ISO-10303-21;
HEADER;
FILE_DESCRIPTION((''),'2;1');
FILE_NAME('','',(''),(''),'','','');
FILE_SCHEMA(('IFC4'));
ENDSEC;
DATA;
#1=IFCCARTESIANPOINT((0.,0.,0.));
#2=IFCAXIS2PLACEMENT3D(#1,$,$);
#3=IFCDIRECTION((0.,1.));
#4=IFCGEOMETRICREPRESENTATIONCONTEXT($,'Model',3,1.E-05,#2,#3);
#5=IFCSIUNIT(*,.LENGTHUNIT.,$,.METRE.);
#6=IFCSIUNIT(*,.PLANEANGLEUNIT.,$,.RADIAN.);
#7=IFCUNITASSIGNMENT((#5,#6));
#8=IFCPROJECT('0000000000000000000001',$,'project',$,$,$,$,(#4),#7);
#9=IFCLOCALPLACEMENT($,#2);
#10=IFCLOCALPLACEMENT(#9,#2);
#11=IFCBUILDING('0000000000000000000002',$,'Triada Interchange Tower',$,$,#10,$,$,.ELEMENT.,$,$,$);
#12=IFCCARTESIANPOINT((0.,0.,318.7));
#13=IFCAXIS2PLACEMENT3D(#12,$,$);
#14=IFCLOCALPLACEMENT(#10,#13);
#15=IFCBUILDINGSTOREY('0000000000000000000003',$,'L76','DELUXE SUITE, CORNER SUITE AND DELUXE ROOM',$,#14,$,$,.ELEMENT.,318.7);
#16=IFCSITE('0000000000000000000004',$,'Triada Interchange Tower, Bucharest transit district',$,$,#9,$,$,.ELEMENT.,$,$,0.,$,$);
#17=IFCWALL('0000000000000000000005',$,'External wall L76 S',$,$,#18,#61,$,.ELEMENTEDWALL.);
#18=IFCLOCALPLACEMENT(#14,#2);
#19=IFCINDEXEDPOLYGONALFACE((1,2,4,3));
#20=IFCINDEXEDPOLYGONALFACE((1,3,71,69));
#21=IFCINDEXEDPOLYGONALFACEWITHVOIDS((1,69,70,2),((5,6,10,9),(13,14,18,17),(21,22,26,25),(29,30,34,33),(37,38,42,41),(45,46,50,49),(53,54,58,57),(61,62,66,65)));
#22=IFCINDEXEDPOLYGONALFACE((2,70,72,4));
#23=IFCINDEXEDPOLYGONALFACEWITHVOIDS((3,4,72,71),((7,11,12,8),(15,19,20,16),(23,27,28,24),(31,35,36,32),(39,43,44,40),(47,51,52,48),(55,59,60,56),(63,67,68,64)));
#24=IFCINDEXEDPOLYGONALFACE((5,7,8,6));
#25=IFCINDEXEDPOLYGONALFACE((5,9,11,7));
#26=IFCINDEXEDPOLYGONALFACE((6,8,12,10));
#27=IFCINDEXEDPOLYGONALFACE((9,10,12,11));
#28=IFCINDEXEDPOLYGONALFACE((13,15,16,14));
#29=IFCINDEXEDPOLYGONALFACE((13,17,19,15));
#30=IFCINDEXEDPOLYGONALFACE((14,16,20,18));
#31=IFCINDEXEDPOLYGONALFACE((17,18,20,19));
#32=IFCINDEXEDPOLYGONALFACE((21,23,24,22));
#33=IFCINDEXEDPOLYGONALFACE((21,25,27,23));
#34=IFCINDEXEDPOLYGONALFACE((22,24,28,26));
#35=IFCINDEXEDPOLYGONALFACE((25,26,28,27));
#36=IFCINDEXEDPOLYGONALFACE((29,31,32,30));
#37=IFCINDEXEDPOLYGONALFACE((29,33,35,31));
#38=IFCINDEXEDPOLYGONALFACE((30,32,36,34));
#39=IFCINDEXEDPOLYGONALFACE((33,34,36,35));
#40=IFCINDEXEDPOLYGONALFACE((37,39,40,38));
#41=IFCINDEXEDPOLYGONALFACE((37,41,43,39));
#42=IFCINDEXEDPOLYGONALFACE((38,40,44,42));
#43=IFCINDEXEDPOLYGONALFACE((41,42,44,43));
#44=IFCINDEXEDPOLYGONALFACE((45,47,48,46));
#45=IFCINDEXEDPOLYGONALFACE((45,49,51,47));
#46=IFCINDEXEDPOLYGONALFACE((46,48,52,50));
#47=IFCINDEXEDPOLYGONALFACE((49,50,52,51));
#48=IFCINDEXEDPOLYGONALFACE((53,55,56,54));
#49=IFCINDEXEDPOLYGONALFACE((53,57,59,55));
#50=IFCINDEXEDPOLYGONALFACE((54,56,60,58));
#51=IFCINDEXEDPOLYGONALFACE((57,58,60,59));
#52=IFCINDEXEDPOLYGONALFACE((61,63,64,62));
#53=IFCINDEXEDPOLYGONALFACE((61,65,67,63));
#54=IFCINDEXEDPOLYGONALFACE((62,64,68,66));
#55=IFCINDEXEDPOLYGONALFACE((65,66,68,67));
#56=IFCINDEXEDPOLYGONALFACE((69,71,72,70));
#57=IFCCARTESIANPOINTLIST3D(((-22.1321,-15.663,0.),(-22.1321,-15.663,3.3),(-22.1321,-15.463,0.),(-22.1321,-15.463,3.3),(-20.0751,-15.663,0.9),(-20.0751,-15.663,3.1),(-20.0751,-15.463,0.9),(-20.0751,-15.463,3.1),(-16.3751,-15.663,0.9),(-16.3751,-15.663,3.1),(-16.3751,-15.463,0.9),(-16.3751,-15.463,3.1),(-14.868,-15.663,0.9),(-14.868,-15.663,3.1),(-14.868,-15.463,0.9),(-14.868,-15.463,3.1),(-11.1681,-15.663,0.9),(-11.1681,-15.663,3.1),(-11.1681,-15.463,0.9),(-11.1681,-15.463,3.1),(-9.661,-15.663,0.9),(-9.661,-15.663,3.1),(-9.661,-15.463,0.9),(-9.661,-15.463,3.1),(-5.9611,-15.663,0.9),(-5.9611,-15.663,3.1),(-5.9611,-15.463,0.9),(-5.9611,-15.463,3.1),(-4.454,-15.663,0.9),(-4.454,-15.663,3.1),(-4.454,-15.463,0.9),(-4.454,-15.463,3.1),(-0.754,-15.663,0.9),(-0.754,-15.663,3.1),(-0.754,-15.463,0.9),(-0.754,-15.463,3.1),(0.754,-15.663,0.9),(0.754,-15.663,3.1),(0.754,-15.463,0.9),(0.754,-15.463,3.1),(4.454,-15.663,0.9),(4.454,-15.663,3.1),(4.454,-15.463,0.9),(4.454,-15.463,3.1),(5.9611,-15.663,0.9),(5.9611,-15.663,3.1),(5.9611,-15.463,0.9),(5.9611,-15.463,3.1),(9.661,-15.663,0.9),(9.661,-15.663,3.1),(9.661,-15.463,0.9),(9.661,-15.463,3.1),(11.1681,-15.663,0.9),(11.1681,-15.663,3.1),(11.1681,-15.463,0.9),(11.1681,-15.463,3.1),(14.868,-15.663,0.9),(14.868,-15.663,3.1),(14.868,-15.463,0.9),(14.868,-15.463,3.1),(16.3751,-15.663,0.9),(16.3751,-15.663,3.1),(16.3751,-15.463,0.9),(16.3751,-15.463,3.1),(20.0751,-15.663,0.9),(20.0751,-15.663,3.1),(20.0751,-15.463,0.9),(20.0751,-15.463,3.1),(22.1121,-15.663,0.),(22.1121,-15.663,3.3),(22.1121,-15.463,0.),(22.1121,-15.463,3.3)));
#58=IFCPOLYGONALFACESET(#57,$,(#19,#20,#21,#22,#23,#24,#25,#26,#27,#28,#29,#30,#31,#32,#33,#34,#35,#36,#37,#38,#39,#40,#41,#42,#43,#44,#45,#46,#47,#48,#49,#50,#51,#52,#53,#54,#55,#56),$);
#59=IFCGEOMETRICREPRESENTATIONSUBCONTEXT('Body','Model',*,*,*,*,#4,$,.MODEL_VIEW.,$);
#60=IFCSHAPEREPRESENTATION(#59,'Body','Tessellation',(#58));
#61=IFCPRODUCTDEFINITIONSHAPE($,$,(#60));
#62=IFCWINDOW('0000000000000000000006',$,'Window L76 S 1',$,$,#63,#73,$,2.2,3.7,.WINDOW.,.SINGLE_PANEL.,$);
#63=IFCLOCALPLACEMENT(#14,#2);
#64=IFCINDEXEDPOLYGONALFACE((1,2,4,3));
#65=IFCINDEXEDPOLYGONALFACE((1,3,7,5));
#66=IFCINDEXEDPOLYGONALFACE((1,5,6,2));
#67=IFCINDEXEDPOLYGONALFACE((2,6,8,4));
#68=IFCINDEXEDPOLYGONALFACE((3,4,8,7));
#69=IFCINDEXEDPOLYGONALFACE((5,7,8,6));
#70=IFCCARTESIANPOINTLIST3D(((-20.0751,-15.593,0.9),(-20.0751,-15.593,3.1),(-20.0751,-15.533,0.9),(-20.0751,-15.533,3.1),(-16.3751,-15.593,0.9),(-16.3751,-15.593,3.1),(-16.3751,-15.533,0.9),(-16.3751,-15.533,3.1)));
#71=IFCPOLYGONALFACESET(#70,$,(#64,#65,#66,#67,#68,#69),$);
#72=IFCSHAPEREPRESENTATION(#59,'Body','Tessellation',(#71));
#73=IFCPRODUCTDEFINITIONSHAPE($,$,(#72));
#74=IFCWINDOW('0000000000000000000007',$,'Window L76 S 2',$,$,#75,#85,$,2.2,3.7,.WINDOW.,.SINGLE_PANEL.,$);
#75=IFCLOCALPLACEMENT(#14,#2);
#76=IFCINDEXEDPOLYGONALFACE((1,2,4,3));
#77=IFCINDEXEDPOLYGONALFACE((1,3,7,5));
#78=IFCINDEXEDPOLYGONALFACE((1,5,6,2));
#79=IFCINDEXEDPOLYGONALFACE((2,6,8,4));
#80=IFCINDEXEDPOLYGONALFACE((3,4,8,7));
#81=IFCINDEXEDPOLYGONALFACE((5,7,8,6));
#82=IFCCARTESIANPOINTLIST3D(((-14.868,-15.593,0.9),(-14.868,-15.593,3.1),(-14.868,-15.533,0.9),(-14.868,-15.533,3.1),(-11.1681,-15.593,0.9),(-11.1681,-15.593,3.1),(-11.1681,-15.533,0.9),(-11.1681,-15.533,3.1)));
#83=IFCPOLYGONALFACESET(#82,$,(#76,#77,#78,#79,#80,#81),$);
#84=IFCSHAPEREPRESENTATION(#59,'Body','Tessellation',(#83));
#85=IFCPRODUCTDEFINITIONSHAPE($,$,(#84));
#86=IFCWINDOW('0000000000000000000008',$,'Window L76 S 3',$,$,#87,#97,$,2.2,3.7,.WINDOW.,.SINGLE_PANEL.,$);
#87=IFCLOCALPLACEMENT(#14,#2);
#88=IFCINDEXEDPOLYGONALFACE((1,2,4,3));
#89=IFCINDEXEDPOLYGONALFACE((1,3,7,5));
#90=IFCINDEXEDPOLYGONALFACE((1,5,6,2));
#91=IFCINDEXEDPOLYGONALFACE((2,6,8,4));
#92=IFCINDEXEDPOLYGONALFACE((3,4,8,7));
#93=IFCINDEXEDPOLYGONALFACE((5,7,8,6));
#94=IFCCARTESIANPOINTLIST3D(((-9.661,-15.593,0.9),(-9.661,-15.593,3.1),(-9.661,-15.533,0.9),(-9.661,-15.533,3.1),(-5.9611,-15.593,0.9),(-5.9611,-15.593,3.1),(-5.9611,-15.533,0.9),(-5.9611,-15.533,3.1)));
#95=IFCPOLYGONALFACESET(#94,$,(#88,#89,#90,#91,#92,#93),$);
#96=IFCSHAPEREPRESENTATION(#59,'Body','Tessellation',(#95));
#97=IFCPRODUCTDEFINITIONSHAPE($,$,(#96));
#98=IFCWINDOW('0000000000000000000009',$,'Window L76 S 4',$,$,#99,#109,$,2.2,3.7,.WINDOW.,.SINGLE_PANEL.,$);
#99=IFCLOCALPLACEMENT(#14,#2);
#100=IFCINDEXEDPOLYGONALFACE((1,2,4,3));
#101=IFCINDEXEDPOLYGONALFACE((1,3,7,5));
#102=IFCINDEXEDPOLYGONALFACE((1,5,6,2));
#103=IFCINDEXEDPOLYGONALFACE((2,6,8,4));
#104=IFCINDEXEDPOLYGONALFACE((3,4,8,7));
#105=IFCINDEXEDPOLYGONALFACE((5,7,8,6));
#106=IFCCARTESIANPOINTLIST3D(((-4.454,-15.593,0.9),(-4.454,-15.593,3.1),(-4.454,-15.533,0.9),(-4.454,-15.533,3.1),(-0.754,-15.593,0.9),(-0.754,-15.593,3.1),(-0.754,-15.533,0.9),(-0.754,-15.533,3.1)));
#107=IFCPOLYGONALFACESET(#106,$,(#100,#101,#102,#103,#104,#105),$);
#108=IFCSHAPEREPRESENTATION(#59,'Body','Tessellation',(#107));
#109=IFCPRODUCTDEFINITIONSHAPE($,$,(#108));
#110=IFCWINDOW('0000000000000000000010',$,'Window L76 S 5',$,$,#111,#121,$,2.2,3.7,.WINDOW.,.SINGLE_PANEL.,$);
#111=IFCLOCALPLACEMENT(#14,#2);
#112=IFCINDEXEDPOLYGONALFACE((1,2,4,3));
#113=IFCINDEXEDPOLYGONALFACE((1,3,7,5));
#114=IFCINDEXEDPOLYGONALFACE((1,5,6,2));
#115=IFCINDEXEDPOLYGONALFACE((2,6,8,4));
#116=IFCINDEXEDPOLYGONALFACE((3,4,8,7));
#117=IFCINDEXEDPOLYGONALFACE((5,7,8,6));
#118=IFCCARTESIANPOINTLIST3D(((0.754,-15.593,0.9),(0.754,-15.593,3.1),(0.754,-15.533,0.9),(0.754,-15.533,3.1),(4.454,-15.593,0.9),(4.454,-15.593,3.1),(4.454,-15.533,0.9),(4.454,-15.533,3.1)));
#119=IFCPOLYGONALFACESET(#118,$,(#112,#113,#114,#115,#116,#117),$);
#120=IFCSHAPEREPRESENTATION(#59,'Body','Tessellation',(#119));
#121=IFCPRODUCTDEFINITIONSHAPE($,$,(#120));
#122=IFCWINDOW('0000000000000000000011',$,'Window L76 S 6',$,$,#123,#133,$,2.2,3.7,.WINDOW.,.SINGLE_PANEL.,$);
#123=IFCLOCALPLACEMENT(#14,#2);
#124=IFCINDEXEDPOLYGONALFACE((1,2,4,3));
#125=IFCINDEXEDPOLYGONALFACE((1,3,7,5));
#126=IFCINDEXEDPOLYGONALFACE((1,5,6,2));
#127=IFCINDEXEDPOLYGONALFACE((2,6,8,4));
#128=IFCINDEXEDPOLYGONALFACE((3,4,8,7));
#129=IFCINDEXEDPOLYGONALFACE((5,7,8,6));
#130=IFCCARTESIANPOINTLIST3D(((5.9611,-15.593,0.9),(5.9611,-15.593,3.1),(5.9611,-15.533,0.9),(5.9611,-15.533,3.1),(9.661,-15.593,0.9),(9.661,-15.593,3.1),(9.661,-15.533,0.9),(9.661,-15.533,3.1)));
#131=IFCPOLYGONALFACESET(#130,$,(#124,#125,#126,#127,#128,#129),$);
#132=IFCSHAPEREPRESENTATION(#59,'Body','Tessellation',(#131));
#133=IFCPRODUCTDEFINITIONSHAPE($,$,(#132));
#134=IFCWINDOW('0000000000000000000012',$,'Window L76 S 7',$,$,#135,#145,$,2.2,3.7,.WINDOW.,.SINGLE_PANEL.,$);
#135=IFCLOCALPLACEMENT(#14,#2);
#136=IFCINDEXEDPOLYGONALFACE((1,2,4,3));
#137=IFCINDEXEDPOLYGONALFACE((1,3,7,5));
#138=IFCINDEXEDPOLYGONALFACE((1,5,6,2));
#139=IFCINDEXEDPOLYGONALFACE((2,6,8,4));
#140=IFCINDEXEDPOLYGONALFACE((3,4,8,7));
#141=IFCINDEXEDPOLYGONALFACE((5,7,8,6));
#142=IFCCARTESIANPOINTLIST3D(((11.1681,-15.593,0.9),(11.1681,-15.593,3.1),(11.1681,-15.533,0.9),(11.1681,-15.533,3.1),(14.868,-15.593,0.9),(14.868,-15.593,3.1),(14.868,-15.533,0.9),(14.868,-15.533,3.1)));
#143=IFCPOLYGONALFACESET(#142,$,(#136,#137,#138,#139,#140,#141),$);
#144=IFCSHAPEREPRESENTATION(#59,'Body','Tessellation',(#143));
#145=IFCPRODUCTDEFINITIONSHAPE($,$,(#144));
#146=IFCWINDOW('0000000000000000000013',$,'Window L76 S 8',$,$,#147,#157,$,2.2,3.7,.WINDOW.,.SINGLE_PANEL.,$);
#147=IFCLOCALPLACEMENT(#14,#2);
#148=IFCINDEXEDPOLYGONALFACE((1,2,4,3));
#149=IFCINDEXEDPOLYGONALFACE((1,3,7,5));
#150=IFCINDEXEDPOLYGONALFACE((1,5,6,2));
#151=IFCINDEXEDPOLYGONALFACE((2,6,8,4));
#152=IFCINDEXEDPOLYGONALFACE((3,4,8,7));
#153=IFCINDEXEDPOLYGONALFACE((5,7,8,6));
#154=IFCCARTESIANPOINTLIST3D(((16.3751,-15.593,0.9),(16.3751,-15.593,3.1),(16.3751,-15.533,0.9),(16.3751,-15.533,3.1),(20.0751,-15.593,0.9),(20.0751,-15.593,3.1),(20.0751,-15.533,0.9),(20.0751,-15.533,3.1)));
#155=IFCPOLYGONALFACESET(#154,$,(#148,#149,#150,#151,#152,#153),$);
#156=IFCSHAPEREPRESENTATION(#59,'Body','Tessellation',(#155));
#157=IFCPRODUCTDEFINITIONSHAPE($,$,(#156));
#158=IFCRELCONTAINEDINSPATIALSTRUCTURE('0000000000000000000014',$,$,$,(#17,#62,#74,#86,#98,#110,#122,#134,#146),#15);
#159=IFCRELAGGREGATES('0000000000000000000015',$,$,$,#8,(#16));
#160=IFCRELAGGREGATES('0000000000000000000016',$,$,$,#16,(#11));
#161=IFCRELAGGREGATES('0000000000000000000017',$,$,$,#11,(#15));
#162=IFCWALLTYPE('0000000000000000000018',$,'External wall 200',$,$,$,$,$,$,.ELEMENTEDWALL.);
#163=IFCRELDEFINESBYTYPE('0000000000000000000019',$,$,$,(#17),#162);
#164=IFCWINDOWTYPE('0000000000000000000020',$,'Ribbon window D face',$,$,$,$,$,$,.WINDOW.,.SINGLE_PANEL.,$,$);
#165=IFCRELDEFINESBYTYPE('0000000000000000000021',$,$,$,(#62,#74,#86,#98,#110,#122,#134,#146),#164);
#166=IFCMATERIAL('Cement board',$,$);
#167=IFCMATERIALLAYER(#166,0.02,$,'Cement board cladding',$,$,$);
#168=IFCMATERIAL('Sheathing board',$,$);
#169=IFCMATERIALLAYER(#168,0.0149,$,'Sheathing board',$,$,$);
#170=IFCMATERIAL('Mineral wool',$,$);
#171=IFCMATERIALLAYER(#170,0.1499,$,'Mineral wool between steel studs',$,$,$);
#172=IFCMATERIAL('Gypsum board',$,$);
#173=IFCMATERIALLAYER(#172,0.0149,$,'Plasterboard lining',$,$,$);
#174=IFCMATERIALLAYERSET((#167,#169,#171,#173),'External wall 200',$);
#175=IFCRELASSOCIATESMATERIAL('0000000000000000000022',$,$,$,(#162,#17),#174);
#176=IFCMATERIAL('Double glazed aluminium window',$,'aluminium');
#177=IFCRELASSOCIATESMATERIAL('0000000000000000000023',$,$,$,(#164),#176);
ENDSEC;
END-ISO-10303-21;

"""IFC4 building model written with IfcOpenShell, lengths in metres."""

from ifc_helpers import new_model, si_unit, direction, frame, frame_2d, origin, place, context, subcontext, project, spatial, rectangle, extrude, material, layer, layer_set, layer_usage, type_object, element, fill, save


model = new_model("IFC4")

# Units and contexts
model_context = context("Model", 3, precision=1e-05, world=origin(), true_north=direction((0.0, 1.0)))
body_context = subcontext(model_context, "Body", "Model", "MODEL_VIEW")
ifc_project = project(units=[si_unit("LENGTHUNIT", "METRE"), si_unit("PLANEANGLEUNIT", "RADIAN")], contexts=[model_context])

# Site, building, storey
site_placement = place(None, origin())
site = spatial("IfcSite", under=ifc_project, at=site_placement, Name="Triada Interchange Tower, Bucharest transit district", CompositionType="ELEMENT", RefElevation=0.0)
building_placement = place(site_placement, origin())
building = spatial("IfcBuilding", under=site, at=building_placement, Name="Triada Interchange Tower", CompositionType="ELEMENT")
storey_placement = place(building_placement, frame((0.0, 0.0, 318.7)))
storey = spatial("IfcBuildingStorey", under=building, at=storey_placement, Name="L76", Description="DELUXE SUITE, CORNER SUITE AND DELUXE ROOM", CompositionType="ELEMENT", Elevation=318.7)

# Shared definitions
ifc_material_1 = material(Name="Cement board")
ifc_layer_1 = layer(ifc_material_1, 0.02, Name="Cement board cladding")
ifc_material_2 = material(Name="Sheathing board")
ifc_layer_2 = layer(ifc_material_2, 0.0149, Name="Sheathing board")
ifc_material_3 = material(Name="Mineral wool")
ifc_layer_3 = layer(ifc_material_3, 0.1499, Name="Mineral wool between steel studs")
ifc_material_4 = material(Name="Gypsum board")
ifc_layer_4 = layer(ifc_material_4, 0.0149, Name="Plasterboard lining")
ifc_layer_set_1 = layer_set([ifc_layer_1, ifc_layer_2, ifc_layer_3, ifc_layer_4], Name="External wall 200")
ifc_layer_usage = layer_usage(ifc_layer_set_1, "AXIS2", "POSITIVE", -0.1001)
wall_type_1 = type_object("IfcWallType", Name="External wall 200", PredefinedType="ELEMENTEDWALL", material=ifc_layer_set_1)
ifc_material_5 = material(Name="Double glazed aluminium window", Category="aluminium")

# Wall, openings, windows
wall_1_placement = place(storey_placement, frame((-22.1321, -15.563, 0.0), z_axis=(0.0, 0.0, 1.0), x_axis=(1.0, 0.0, 0.0)))
wall_1 = element("IfcWall", 1, at=wall_1_placement, inside=storey, type_object=wall_type_1, material=ifc_layer_usage, Name="External wall L76 S", PredefinedType="ELEMENTEDWALL", context=body_context, shape_type="SweptSolid", body=[
    extrude(rectangle(XDim=44.2441, YDim=0.2, at=frame_2d((22.1221, 0.0))), origin(), (0.0, 0.0, 1.0), 3.3),
])
opening_1_placement = place(wall_1_placement, frame((2.0569, 0.0, 0.8999)))
opening_1 = element("IfcOpeningElement", 2, at=opening_1_placement, cuts=wall_1, PredefinedType="OPENING", context=body_context, shape_type="SweptSolid", body=[
    extrude(rectangle(XDim=3.7, YDim=2.2, at=frame_2d((1.8501, 1.1001))), frame((0.0, 0.1099, 0.0), z_axis=(0.0, -1.0, 0.0), x_axis=(1.0, 0.0, 0.0)), (0.0, 0.0, 1.0), 0.22),
])
opening_2_placement = place(wall_1_placement, frame((7.2639, 0.0, 0.8999)))
opening_2 = element("IfcOpeningElement", 3, at=opening_2_placement, cuts=wall_1, PredefinedType="OPENING", context=body_context, shape_type="SweptSolid", body=[
    extrude(rectangle(XDim=3.7, YDim=2.2, at=frame_2d((1.8501, 1.1001))), frame((0.0, 0.1099, 0.0), z_axis=(0.0, -1.0, 0.0), x_axis=(1.0, 0.0, 0.0)), (0.0, 0.0, 1.0), 0.22),
])
opening_3_placement = place(wall_1_placement, frame((12.4709, 0.0, 0.8999)))
opening_3 = element("IfcOpeningElement", 4, at=opening_3_placement, cuts=wall_1, PredefinedType="OPENING", context=body_context, shape_type="SweptSolid", body=[
    extrude(rectangle(XDim=3.7, YDim=2.2, at=frame_2d((1.8501, 1.1001))), frame((0.0, 0.1099, 0.0), z_axis=(0.0, -1.0, 0.0), x_axis=(1.0, 0.0, 0.0)), (0.0, 0.0, 1.0), 0.22),
])
opening_4_placement = place(wall_1_placement, frame((17.678, 0.0, 0.8999)))
opening_4 = element("IfcOpeningElement", 5, at=opening_4_placement, cuts=wall_1, PredefinedType="OPENING", context=body_context, shape_type="SweptSolid", body=[
    extrude(rectangle(XDim=3.7, YDim=2.2, at=frame_2d((1.8501, 1.1001))), frame((0.0, 0.1099, 0.0), z_axis=(0.0, -1.0, 0.0), x_axis=(1.0, 0.0, 0.0)), (0.0, 0.0, 1.0), 0.22),
])
opening_5_placement = place(wall_1_placement, frame((22.886, 0.0, 0.8999)))
opening_5 = element("IfcOpeningElement", 6, at=opening_5_placement, cuts=wall_1, PredefinedType="OPENING", context=body_context, shape_type="SweptSolid", body=[
    extrude(rectangle(XDim=3.7, YDim=2.2, at=frame_2d((1.8501, 1.1001))), frame((0.0, 0.1099, 0.0), z_axis=(0.0, -1.0, 0.0), x_axis=(1.0, 0.0, 0.0)), (0.0, 0.0, 1.0), 0.22),
])
opening_6_placement = place(wall_1_placement, frame((28.093, 0.0, 0.8999)))
opening_6 = element("IfcOpeningElement", 7, at=opening_6_placement, cuts=wall_1, PredefinedType="OPENING", context=body_context, shape_type="SweptSolid", body=[
    extrude(rectangle(XDim=3.7, YDim=2.2, at=frame_2d((1.8501, 1.1001))), frame((0.0, 0.1099, 0.0), z_axis=(0.0, -1.0, 0.0), x_axis=(1.0, 0.0, 0.0)), (0.0, 0.0, 1.0), 0.22),
])
opening_7_placement = place(wall_1_placement, frame((33.3, 0.0, 0.8999)))
opening_7 = element("IfcOpeningElement", 8, at=opening_7_placement, cuts=wall_1, PredefinedType="OPENING", context=body_context, shape_type="SweptSolid", body=[
    extrude(rectangle(XDim=3.7, YDim=2.2, at=frame_2d((1.8501, 1.1001))), frame((0.0, 0.1099, 0.0), z_axis=(0.0, -1.0, 0.0), x_axis=(1.0, 0.0, 0.0)), (0.0, 0.0, 1.0), 0.22),
])
opening_8_placement = place(wall_1_placement, frame((38.5071, 0.0, 0.8999)))
opening_8 = element("IfcOpeningElement", 9, at=opening_8_placement, cuts=wall_1, PredefinedType="OPENING", context=body_context, shape_type="SweptSolid", body=[
    extrude(rectangle(XDim=3.7, YDim=2.2, at=frame_2d((1.8501, 1.1001))), frame((0.0, 0.1099, 0.0), z_axis=(0.0, -1.0, 0.0), x_axis=(1.0, 0.0, 0.0)), (0.0, 0.0, 1.0), 0.22),
])
window_type_1 = type_object("IfcWindowType", Name="Ribbon window D face", PartitioningType="SINGLE_PANEL", PredefinedType="WINDOW", material=ifc_material_5)
window_1_placement = place(opening_1_placement, origin())
window_1 = element("IfcWindow", 10, at=window_1_placement, inside=storey, type_object=window_type_1, Name="Window L76 S 1", OverallHeight=2.2, OverallWidth=3.7, PartitioningType="SINGLE_PANEL", PredefinedType="WINDOW", context=body_context, shape_type="SweptSolid", body=[
    extrude(rectangle(XDim=3.7, YDim=2.2, at=frame_2d((1.8501, 1.1001))), frame((0.0, 0.03, 0.0), z_axis=(0.0, -1.0, 0.0), x_axis=(1.0, 0.0, 0.0)), (0.0, 0.0, 1.0), 0.0601),
])
fill(opening_1, window_1)
window_2_placement = place(opening_2_placement, origin())
window_2 = element("IfcWindow", 11, at=window_2_placement, inside=storey, type_object=window_type_1, Name="Window L76 S 2", OverallHeight=2.2, OverallWidth=3.7, PartitioningType="SINGLE_PANEL", PredefinedType="WINDOW", context=body_context, shape_type="SweptSolid", body=[
    extrude(rectangle(XDim=3.7, YDim=2.2, at=frame_2d((1.8501, 1.1001))), frame((0.0, 0.03, 0.0), z_axis=(0.0, -1.0, 0.0), x_axis=(1.0, 0.0, 0.0)), (0.0, 0.0, 1.0), 0.0601),
])
fill(opening_2, window_2)
window_3_placement = place(opening_3_placement, origin())
window_3 = element("IfcWindow", 12, at=window_3_placement, inside=storey, type_object=window_type_1, Name="Window L76 S 3", OverallHeight=2.2, OverallWidth=3.7, PartitioningType="SINGLE_PANEL", PredefinedType="WINDOW", context=body_context, shape_type="SweptSolid", body=[
    extrude(rectangle(XDim=3.7, YDim=2.2, at=frame_2d((1.8501, 1.1001))), frame((0.0, 0.03, 0.0), z_axis=(0.0, -1.0, 0.0), x_axis=(1.0, 0.0, 0.0)), (0.0, 0.0, 1.0), 0.0601),
])
fill(opening_3, window_3)
window_4_placement = place(opening_4_placement, origin())
window_4 = element("IfcWindow", 13, at=window_4_placement, inside=storey, type_object=window_type_1, Name="Window L76 S 4", OverallHeight=2.2, OverallWidth=3.7, PartitioningType="SINGLE_PANEL", PredefinedType="WINDOW", context=body_context, shape_type="SweptSolid", body=[
    extrude(rectangle(XDim=3.7, YDim=2.2, at=frame_2d((1.8501, 1.1001))), frame((0.0, 0.03, 0.0), z_axis=(0.0, -1.0, 0.0), x_axis=(1.0, 0.0, 0.0)), (0.0, 0.0, 1.0), 0.0601),
])
fill(opening_4, window_4)
window_5_placement = place(opening_5_placement, origin())
window_5 = element("IfcWindow", 14, at=window_5_placement, inside=storey, type_object=window_type_1, Name="Window L76 S 5", OverallHeight=2.2, OverallWidth=3.7, PartitioningType="SINGLE_PANEL", PredefinedType="WINDOW", context=body_context, shape_type="SweptSolid", body=[
    extrude(rectangle(XDim=3.7, YDim=2.2, at=frame_2d((1.8501, 1.1001))), frame((0.0, 0.03, 0.0), z_axis=(0.0, -1.0, 0.0), x_axis=(1.0, 0.0, 0.0)), (0.0, 0.0, 1.0), 0.0601),
])
fill(opening_5, window_5)
window_6_placement = place(opening_6_placement, origin())
window_6 = element("IfcWindow", 15, at=window_6_placement, inside=storey, type_object=window_type_1, Name="Window L76 S 6", OverallHeight=2.2, OverallWidth=3.7, PartitioningType="SINGLE_PANEL", PredefinedType="WINDOW", context=body_context, shape_type="SweptSolid", body=[
    extrude(rectangle(XDim=3.7, YDim=2.2, at=frame_2d((1.8501, 1.1001))), frame((0.0, 0.03, 0.0), z_axis=(0.0, -1.0, 0.0), x_axis=(1.0, 0.0, 0.0)), (0.0, 0.0, 1.0), 0.0601),
])
fill(opening_6, window_6)
window_7_placement = place(opening_7_placement, origin())
window_7 = element("IfcWindow", 16, at=window_7_placement, inside=storey, type_object=window_type_1, Name="Window L76 S 7", OverallHeight=2.2, OverallWidth=3.7, PartitioningType="SINGLE_PANEL", PredefinedType="WINDOW", context=body_context, shape_type="SweptSolid", body=[
    extrude(rectangle(XDim=3.7, YDim=2.2, at=frame_2d((1.8501, 1.1001))), frame((0.0, 0.03, 0.0), z_axis=(0.0, -1.0, 0.0), x_axis=(1.0, 0.0, 0.0)), (0.0, 0.0, 1.0), 0.0601),
])
fill(opening_7, window_7)
window_8_placement = place(opening_8_placement, origin())
window_8 = element("IfcWindow", 17, at=window_8_placement, inside=storey, type_object=window_type_1, Name="Window L76 S 8", OverallHeight=2.2, OverallWidth=3.7, PartitioningType="SINGLE_PANEL", PredefinedType="WINDOW", context=body_context, shape_type="SweptSolid", body=[
    extrude(rectangle(XDim=3.7, YDim=2.2, at=frame_2d((1.8501, 1.1001))), frame((0.0, 0.03, 0.0), z_axis=(0.0, -1.0, 0.0), x_axis=(1.0, 0.0, 0.0)), (0.0, 0.0, 1.0), 0.0601),
])
fill(opening_8, window_8)

save(model, "model.ifc")
